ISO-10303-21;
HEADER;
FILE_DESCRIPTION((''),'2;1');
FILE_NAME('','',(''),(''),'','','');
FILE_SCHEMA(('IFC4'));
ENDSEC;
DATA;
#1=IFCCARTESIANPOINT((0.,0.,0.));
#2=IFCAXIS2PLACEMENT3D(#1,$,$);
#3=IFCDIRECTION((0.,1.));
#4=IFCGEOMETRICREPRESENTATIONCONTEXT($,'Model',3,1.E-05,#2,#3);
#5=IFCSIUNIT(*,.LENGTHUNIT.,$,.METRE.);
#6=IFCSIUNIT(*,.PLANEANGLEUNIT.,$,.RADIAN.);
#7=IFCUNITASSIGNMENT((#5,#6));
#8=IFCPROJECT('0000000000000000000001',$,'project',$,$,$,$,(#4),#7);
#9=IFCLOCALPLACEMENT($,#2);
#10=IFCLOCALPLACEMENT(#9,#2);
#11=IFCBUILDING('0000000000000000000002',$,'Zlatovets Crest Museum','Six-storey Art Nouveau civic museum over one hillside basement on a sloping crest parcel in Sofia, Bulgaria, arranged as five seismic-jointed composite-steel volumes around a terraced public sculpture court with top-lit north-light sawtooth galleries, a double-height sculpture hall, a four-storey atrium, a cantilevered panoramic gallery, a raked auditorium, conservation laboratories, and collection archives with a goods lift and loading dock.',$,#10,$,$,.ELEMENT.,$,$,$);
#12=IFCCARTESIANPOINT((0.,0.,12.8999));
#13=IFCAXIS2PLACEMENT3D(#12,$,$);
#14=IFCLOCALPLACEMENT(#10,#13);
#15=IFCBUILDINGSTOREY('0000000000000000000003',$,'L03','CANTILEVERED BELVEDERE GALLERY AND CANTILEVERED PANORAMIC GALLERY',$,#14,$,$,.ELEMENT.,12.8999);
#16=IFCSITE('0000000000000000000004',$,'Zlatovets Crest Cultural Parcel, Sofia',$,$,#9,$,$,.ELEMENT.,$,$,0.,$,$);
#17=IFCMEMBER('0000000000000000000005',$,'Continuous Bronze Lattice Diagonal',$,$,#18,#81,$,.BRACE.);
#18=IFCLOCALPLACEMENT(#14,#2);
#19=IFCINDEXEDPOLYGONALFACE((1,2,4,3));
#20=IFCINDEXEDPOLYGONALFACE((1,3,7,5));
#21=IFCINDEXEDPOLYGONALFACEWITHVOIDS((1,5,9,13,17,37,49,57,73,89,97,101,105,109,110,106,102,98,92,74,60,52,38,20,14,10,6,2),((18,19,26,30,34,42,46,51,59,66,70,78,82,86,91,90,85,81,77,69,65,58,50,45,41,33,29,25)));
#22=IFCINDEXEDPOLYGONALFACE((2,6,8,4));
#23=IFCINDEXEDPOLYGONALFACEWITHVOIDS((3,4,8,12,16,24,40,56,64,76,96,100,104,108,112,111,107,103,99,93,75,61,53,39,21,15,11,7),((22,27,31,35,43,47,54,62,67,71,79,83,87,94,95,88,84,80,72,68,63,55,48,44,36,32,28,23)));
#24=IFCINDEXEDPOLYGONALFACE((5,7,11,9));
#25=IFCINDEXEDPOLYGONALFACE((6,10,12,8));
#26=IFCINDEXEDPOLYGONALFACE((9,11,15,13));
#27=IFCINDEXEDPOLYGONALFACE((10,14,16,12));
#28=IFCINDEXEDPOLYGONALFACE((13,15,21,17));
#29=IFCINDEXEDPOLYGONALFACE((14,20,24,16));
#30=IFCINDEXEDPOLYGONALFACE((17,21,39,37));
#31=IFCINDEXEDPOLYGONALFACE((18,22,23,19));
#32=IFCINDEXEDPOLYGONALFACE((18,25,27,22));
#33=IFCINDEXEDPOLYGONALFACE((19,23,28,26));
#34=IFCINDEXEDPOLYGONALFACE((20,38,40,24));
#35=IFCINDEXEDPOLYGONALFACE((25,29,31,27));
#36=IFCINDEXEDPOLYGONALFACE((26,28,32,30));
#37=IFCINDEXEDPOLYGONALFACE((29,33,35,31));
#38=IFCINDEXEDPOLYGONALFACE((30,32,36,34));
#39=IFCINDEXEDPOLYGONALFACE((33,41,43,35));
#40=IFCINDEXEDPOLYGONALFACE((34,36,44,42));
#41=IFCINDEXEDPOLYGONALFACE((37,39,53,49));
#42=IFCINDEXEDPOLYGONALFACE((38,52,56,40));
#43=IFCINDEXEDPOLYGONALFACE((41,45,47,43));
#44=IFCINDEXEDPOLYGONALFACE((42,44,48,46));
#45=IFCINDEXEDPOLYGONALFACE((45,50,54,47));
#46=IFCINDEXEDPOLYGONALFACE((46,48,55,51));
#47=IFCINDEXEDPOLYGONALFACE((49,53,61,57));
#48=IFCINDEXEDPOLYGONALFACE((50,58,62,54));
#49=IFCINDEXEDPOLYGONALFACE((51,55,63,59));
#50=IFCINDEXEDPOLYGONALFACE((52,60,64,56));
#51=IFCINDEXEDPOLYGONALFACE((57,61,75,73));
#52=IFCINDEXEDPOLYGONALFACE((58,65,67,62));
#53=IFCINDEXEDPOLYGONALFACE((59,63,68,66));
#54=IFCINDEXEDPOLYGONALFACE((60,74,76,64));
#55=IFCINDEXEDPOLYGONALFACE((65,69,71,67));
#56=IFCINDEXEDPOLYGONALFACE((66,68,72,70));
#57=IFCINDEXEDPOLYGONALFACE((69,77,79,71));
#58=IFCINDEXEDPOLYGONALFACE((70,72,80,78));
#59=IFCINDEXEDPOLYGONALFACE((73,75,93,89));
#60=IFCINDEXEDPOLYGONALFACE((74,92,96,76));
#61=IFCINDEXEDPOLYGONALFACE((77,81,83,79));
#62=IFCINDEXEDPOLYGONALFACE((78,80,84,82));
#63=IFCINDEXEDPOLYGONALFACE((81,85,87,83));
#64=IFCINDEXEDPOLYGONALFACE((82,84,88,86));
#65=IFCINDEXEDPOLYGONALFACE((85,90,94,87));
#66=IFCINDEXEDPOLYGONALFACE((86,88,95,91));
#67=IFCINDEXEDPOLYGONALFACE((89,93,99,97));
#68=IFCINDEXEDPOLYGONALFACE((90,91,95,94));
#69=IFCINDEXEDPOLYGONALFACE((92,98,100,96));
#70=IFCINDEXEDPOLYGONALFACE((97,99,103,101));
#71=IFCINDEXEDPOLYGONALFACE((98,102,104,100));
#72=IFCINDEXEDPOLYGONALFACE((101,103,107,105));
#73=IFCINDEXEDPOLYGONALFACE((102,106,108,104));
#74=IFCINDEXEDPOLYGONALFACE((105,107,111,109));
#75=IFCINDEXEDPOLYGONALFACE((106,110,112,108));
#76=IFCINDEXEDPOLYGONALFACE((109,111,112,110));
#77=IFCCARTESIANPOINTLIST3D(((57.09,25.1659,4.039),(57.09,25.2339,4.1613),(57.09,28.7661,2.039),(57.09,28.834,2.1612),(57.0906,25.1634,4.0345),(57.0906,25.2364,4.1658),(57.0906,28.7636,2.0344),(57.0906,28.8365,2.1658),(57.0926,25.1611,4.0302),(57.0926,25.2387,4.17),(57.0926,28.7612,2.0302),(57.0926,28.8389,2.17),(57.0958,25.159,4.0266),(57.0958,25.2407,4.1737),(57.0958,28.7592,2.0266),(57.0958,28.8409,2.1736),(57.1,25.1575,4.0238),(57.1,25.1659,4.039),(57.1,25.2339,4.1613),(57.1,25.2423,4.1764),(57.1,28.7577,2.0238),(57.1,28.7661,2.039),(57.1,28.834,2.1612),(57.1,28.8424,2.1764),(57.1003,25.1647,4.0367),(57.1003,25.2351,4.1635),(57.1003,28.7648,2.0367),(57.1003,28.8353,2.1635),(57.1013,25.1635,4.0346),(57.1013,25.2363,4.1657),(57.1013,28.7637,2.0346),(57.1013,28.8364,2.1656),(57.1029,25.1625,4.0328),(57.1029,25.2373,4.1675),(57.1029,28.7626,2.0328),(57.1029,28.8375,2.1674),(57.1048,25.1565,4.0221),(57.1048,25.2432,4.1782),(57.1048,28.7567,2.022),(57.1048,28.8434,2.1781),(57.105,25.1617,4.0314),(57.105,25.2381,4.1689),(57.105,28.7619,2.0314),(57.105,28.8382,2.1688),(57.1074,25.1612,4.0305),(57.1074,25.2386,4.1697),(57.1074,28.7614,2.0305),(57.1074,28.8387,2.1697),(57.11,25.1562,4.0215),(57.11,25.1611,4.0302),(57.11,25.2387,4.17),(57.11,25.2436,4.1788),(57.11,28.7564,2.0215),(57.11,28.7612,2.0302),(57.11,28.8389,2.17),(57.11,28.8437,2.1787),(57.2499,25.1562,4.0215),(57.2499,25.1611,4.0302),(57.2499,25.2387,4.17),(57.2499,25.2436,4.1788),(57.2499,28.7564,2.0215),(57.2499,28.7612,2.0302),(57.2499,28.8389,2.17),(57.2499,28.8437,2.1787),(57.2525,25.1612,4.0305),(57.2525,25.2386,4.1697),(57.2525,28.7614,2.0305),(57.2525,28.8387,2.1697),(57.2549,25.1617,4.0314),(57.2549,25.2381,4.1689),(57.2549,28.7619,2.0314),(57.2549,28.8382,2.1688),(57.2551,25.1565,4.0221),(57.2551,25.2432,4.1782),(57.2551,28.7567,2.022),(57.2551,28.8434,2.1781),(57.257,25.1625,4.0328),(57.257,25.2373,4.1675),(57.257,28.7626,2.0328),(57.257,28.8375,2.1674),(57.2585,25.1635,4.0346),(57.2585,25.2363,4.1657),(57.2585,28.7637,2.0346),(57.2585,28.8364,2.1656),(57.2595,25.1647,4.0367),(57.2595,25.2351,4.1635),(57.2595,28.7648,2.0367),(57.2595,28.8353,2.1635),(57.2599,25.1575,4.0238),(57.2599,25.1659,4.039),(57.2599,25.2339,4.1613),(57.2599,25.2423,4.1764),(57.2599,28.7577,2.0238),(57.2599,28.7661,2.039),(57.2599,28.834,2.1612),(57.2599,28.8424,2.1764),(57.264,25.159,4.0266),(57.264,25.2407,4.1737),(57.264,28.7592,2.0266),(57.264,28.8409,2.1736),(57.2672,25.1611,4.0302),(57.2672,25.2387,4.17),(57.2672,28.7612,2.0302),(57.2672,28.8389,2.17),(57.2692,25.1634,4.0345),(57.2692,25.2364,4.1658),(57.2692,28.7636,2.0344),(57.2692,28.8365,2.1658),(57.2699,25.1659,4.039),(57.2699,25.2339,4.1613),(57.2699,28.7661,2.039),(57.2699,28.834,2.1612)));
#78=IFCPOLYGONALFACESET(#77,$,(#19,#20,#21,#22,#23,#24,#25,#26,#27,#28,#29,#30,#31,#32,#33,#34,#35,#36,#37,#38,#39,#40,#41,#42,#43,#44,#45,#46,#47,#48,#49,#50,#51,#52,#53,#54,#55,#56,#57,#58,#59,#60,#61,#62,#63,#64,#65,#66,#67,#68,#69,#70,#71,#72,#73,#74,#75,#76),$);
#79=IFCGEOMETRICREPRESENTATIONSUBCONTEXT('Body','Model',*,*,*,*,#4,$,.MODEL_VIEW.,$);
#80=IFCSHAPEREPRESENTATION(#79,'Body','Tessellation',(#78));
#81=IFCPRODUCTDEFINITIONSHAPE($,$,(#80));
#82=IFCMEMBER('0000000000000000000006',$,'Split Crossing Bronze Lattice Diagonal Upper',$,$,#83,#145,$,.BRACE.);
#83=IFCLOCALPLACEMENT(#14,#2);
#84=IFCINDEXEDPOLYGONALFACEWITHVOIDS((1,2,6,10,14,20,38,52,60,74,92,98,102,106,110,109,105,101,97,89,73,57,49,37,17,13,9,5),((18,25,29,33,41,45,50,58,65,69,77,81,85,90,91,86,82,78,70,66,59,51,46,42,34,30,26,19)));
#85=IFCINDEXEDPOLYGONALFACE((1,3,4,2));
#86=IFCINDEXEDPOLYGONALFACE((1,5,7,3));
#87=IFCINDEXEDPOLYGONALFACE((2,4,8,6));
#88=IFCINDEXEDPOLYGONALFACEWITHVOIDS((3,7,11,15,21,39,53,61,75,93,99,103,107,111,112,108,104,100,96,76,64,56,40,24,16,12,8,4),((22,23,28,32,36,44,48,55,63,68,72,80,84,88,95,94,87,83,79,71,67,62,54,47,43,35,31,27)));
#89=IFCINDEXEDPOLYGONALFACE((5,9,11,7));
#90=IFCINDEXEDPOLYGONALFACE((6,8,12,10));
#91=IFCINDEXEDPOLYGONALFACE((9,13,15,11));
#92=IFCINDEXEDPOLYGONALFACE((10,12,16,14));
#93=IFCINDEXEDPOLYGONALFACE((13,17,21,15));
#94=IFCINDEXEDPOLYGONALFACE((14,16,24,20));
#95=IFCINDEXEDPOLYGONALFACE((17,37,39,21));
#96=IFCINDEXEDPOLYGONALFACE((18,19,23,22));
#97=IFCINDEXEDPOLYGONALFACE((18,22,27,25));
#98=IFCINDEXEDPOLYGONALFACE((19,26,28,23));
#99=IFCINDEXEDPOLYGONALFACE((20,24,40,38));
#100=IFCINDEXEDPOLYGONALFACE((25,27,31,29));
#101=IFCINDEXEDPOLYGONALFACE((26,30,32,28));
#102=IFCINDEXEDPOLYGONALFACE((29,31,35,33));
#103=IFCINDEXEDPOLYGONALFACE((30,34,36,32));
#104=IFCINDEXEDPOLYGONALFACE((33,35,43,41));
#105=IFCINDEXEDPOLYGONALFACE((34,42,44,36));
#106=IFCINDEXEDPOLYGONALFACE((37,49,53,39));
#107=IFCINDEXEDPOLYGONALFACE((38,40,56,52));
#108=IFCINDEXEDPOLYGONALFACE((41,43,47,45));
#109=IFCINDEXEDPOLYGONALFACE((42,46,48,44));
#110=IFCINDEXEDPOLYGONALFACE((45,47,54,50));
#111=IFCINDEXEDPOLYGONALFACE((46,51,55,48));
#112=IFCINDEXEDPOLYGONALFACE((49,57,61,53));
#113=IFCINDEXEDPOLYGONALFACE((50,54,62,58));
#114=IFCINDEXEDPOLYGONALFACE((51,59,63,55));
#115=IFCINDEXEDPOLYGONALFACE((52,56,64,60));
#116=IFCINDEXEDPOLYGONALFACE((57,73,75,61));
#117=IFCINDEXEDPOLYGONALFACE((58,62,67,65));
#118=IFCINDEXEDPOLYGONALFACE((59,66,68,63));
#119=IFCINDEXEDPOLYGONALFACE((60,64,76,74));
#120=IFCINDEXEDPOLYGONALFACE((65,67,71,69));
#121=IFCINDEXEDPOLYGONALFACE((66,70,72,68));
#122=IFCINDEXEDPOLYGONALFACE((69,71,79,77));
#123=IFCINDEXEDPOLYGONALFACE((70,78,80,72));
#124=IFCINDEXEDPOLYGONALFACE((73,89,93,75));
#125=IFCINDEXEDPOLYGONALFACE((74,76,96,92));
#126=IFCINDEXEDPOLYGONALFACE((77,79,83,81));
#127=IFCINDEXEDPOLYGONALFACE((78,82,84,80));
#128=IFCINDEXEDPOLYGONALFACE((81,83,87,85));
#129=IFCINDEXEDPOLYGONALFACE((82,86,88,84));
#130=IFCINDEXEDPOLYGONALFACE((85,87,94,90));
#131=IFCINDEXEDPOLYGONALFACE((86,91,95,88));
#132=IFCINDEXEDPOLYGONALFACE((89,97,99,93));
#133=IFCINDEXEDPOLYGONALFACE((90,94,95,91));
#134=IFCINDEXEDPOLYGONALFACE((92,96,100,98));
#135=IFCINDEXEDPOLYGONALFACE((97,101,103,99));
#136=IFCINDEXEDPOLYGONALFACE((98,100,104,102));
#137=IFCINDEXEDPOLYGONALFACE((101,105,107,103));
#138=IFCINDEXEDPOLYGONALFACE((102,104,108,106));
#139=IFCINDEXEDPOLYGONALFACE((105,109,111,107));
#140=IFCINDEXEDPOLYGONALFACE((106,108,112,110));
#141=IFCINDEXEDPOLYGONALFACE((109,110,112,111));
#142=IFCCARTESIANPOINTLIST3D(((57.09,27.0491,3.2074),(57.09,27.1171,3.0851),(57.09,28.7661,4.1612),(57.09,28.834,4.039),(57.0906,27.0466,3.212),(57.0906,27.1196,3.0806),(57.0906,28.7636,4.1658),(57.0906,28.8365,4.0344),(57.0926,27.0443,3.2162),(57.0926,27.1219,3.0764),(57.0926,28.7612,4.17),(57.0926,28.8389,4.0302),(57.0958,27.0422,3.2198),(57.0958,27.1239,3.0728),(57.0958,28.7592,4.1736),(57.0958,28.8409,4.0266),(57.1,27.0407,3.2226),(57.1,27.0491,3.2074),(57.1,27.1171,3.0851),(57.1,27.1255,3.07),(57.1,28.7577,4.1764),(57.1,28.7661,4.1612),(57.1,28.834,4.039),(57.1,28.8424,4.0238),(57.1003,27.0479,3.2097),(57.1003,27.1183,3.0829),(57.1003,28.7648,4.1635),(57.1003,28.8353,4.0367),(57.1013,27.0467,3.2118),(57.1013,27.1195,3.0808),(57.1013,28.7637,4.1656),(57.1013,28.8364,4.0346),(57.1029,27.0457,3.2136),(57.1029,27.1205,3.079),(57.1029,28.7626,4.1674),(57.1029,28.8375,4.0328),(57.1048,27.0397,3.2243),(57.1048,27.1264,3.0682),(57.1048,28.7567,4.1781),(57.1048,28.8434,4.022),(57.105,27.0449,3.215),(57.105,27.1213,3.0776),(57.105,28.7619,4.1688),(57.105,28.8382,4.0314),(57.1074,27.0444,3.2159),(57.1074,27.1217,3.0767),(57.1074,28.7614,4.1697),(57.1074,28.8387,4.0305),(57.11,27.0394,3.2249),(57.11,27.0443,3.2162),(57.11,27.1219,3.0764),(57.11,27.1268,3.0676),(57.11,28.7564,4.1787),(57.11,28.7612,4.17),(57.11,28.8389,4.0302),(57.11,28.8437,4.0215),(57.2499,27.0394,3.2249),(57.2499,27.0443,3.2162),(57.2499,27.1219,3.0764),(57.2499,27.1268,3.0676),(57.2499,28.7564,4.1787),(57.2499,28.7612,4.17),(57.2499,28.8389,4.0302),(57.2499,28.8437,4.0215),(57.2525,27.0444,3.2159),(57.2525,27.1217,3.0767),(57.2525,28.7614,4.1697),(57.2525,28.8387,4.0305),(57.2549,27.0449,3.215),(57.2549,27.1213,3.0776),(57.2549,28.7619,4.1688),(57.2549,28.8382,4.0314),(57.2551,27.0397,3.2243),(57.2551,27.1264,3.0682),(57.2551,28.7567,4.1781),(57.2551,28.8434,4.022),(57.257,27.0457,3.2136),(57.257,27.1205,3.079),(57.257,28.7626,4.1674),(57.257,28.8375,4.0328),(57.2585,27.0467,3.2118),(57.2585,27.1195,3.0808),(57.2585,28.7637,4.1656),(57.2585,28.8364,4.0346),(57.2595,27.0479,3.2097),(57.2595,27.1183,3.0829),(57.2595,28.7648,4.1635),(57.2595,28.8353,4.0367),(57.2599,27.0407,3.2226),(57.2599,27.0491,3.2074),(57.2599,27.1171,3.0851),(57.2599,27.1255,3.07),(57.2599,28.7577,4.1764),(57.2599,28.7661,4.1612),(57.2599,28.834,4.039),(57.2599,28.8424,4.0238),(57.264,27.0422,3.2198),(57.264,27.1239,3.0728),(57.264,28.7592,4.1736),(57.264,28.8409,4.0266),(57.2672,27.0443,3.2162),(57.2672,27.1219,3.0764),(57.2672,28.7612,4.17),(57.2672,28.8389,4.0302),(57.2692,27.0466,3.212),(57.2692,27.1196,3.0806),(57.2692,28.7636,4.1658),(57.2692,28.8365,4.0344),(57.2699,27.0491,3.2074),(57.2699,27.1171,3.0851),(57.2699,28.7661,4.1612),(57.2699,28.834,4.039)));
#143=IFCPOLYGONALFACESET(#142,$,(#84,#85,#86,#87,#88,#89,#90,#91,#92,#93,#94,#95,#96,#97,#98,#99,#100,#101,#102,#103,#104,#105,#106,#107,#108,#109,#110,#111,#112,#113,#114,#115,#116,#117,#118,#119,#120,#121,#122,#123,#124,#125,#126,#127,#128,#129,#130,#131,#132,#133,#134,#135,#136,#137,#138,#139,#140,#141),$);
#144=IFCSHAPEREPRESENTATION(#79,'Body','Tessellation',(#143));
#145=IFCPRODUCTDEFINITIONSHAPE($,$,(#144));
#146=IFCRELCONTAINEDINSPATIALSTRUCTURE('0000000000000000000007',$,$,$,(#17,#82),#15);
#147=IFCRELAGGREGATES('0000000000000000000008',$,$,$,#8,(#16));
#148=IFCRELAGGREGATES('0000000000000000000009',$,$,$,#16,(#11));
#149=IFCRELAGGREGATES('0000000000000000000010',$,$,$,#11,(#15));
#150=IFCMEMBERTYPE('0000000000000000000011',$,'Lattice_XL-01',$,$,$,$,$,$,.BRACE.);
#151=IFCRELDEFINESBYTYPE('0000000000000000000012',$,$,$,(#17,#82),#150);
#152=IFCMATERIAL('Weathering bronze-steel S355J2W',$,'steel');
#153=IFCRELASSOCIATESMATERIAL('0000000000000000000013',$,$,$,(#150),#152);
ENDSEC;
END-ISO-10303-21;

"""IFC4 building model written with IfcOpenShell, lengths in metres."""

from ifc_helpers import new_model, si_unit, direction, frame, origin, origin_2d, place, context, subcontext, project, spatial, hollow_rectangle, extrude, material, material_profile, profile_set, type_object, element, save


model = new_model("IFC4")

# Units and contexts
model_context = context("Model", 3, precision=1e-05, world=origin(), true_north=direction((0.0, 1.0)))
body_context = subcontext(model_context, "Body", "Model", "MODEL_VIEW")
ifc_project = project(units=[si_unit("LENGTHUNIT", "METRE"), si_unit("PLANEANGLEUNIT", "RADIAN")], contexts=[model_context])

# Site, building, storey
site_placement = place(None, origin())
site = spatial("IfcSite", under=ifc_project, at=site_placement, Name="Zlatovets Crest Cultural Parcel, Sofia", CompositionType="ELEMENT", RefElevation=0.0)
building_placement = place(site_placement, origin())
building = spatial("IfcBuilding", under=site, at=building_placement, Name="Zlatovets Crest Museum", Description="Six-storey Art Nouveau civic museum over one hillside basement on a sloping crest parcel in Sofia, Bulgaria, arranged as five seismic-jointed composite-steel volumes around a terraced public sculpture court with top-lit north-light sawtooth galleries, a double-height sculpture hall, a four-storey atrium, a cantilevered panoramic gallery, a raked auditorium, conservation laboratories, and collection archives with a goods lift and loading dock.", CompositionType="ELEMENT")
storey_placement = place(building_placement, frame((0.0, 0.0, 12.8999)))
storey = spatial("IfcBuildingStorey", under=building, at=storey_placement, Name="L03", Description="CANTILEVERED BELVEDERE GALLERY AND CANTILEVERED PANORAMIC GALLERY", CompositionType="ELEMENT", Elevation=12.8999)

# Members
ifc_material_1 = material(Name="Weathering bronze-steel S355J2W", Category="steel")
ifc_material_profile_1 = material_profile(ifc_material_1, hollow_rectangle(XDim=0.1799, YDim=0.1799, WallThickness=0.01, InnerFilletRadius=0.01, OuterFilletRadius=0.02, at=origin_2d()), Name="SHS 180x180x10.0")
ifc_profile_set_1 = profile_set([ifc_material_profile_1], Name="Weathering bronze-steel S355J2W")
member_type_1 = type_object("IfcMemberType", Name="Lattice_XL-01", PredefinedType="BRACE", material=ifc_profile_set_1)
member_1_placement = place(storey_placement, frame((57.1799, 28.8, 2.1001), z_axis=(0.0, -0.874163, 0.485633), x_axis=(1.0, 0.0, 0.0)))
element("IfcMember", 1, at=member_1_placement, inside=storey, type_object=member_type_1, Name="Continuous Bronze Lattice Diagonal", PredefinedType="BRACE", context=body_context, shape_type="SweptSolid", body=[
    extrude(hollow_rectangle(XDim=0.1799, YDim=0.1799, WallThickness=0.01, InnerFilletRadius=0.01, OuterFilletRadius=0.02, at=origin_2d()), origin(), (0.0, 0.0, 1.0), 4.1184),
])
for number, where, z_axis, x_axis, name in (
    (2, (57.1799, 28.8, 4.1001), (0.0, -0.874169, -0.485622), (1.0, 0.0, 0.0), "Split Crossing Bronze Lattice Diagonal Upper"),
):
    element("IfcMember", number, at=place(storey_placement, frame(where, z_axis=z_axis, x_axis=x_axis)), inside=storey, type_object=member_type_1, Name=name, PredefinedType="BRACE", context=body_context, shape_type="SweptSolid", body=[
        extrude(hollow_rectangle(XDim=0.1799, YDim=0.1799, WallThickness=0.01, InnerFilletRadius=0.01, OuterFilletRadius=0.02, at=origin_2d()), origin(), (0.0, 0.0, 1.0), 1.9641),
    ])

save(model, "model.ifc")
